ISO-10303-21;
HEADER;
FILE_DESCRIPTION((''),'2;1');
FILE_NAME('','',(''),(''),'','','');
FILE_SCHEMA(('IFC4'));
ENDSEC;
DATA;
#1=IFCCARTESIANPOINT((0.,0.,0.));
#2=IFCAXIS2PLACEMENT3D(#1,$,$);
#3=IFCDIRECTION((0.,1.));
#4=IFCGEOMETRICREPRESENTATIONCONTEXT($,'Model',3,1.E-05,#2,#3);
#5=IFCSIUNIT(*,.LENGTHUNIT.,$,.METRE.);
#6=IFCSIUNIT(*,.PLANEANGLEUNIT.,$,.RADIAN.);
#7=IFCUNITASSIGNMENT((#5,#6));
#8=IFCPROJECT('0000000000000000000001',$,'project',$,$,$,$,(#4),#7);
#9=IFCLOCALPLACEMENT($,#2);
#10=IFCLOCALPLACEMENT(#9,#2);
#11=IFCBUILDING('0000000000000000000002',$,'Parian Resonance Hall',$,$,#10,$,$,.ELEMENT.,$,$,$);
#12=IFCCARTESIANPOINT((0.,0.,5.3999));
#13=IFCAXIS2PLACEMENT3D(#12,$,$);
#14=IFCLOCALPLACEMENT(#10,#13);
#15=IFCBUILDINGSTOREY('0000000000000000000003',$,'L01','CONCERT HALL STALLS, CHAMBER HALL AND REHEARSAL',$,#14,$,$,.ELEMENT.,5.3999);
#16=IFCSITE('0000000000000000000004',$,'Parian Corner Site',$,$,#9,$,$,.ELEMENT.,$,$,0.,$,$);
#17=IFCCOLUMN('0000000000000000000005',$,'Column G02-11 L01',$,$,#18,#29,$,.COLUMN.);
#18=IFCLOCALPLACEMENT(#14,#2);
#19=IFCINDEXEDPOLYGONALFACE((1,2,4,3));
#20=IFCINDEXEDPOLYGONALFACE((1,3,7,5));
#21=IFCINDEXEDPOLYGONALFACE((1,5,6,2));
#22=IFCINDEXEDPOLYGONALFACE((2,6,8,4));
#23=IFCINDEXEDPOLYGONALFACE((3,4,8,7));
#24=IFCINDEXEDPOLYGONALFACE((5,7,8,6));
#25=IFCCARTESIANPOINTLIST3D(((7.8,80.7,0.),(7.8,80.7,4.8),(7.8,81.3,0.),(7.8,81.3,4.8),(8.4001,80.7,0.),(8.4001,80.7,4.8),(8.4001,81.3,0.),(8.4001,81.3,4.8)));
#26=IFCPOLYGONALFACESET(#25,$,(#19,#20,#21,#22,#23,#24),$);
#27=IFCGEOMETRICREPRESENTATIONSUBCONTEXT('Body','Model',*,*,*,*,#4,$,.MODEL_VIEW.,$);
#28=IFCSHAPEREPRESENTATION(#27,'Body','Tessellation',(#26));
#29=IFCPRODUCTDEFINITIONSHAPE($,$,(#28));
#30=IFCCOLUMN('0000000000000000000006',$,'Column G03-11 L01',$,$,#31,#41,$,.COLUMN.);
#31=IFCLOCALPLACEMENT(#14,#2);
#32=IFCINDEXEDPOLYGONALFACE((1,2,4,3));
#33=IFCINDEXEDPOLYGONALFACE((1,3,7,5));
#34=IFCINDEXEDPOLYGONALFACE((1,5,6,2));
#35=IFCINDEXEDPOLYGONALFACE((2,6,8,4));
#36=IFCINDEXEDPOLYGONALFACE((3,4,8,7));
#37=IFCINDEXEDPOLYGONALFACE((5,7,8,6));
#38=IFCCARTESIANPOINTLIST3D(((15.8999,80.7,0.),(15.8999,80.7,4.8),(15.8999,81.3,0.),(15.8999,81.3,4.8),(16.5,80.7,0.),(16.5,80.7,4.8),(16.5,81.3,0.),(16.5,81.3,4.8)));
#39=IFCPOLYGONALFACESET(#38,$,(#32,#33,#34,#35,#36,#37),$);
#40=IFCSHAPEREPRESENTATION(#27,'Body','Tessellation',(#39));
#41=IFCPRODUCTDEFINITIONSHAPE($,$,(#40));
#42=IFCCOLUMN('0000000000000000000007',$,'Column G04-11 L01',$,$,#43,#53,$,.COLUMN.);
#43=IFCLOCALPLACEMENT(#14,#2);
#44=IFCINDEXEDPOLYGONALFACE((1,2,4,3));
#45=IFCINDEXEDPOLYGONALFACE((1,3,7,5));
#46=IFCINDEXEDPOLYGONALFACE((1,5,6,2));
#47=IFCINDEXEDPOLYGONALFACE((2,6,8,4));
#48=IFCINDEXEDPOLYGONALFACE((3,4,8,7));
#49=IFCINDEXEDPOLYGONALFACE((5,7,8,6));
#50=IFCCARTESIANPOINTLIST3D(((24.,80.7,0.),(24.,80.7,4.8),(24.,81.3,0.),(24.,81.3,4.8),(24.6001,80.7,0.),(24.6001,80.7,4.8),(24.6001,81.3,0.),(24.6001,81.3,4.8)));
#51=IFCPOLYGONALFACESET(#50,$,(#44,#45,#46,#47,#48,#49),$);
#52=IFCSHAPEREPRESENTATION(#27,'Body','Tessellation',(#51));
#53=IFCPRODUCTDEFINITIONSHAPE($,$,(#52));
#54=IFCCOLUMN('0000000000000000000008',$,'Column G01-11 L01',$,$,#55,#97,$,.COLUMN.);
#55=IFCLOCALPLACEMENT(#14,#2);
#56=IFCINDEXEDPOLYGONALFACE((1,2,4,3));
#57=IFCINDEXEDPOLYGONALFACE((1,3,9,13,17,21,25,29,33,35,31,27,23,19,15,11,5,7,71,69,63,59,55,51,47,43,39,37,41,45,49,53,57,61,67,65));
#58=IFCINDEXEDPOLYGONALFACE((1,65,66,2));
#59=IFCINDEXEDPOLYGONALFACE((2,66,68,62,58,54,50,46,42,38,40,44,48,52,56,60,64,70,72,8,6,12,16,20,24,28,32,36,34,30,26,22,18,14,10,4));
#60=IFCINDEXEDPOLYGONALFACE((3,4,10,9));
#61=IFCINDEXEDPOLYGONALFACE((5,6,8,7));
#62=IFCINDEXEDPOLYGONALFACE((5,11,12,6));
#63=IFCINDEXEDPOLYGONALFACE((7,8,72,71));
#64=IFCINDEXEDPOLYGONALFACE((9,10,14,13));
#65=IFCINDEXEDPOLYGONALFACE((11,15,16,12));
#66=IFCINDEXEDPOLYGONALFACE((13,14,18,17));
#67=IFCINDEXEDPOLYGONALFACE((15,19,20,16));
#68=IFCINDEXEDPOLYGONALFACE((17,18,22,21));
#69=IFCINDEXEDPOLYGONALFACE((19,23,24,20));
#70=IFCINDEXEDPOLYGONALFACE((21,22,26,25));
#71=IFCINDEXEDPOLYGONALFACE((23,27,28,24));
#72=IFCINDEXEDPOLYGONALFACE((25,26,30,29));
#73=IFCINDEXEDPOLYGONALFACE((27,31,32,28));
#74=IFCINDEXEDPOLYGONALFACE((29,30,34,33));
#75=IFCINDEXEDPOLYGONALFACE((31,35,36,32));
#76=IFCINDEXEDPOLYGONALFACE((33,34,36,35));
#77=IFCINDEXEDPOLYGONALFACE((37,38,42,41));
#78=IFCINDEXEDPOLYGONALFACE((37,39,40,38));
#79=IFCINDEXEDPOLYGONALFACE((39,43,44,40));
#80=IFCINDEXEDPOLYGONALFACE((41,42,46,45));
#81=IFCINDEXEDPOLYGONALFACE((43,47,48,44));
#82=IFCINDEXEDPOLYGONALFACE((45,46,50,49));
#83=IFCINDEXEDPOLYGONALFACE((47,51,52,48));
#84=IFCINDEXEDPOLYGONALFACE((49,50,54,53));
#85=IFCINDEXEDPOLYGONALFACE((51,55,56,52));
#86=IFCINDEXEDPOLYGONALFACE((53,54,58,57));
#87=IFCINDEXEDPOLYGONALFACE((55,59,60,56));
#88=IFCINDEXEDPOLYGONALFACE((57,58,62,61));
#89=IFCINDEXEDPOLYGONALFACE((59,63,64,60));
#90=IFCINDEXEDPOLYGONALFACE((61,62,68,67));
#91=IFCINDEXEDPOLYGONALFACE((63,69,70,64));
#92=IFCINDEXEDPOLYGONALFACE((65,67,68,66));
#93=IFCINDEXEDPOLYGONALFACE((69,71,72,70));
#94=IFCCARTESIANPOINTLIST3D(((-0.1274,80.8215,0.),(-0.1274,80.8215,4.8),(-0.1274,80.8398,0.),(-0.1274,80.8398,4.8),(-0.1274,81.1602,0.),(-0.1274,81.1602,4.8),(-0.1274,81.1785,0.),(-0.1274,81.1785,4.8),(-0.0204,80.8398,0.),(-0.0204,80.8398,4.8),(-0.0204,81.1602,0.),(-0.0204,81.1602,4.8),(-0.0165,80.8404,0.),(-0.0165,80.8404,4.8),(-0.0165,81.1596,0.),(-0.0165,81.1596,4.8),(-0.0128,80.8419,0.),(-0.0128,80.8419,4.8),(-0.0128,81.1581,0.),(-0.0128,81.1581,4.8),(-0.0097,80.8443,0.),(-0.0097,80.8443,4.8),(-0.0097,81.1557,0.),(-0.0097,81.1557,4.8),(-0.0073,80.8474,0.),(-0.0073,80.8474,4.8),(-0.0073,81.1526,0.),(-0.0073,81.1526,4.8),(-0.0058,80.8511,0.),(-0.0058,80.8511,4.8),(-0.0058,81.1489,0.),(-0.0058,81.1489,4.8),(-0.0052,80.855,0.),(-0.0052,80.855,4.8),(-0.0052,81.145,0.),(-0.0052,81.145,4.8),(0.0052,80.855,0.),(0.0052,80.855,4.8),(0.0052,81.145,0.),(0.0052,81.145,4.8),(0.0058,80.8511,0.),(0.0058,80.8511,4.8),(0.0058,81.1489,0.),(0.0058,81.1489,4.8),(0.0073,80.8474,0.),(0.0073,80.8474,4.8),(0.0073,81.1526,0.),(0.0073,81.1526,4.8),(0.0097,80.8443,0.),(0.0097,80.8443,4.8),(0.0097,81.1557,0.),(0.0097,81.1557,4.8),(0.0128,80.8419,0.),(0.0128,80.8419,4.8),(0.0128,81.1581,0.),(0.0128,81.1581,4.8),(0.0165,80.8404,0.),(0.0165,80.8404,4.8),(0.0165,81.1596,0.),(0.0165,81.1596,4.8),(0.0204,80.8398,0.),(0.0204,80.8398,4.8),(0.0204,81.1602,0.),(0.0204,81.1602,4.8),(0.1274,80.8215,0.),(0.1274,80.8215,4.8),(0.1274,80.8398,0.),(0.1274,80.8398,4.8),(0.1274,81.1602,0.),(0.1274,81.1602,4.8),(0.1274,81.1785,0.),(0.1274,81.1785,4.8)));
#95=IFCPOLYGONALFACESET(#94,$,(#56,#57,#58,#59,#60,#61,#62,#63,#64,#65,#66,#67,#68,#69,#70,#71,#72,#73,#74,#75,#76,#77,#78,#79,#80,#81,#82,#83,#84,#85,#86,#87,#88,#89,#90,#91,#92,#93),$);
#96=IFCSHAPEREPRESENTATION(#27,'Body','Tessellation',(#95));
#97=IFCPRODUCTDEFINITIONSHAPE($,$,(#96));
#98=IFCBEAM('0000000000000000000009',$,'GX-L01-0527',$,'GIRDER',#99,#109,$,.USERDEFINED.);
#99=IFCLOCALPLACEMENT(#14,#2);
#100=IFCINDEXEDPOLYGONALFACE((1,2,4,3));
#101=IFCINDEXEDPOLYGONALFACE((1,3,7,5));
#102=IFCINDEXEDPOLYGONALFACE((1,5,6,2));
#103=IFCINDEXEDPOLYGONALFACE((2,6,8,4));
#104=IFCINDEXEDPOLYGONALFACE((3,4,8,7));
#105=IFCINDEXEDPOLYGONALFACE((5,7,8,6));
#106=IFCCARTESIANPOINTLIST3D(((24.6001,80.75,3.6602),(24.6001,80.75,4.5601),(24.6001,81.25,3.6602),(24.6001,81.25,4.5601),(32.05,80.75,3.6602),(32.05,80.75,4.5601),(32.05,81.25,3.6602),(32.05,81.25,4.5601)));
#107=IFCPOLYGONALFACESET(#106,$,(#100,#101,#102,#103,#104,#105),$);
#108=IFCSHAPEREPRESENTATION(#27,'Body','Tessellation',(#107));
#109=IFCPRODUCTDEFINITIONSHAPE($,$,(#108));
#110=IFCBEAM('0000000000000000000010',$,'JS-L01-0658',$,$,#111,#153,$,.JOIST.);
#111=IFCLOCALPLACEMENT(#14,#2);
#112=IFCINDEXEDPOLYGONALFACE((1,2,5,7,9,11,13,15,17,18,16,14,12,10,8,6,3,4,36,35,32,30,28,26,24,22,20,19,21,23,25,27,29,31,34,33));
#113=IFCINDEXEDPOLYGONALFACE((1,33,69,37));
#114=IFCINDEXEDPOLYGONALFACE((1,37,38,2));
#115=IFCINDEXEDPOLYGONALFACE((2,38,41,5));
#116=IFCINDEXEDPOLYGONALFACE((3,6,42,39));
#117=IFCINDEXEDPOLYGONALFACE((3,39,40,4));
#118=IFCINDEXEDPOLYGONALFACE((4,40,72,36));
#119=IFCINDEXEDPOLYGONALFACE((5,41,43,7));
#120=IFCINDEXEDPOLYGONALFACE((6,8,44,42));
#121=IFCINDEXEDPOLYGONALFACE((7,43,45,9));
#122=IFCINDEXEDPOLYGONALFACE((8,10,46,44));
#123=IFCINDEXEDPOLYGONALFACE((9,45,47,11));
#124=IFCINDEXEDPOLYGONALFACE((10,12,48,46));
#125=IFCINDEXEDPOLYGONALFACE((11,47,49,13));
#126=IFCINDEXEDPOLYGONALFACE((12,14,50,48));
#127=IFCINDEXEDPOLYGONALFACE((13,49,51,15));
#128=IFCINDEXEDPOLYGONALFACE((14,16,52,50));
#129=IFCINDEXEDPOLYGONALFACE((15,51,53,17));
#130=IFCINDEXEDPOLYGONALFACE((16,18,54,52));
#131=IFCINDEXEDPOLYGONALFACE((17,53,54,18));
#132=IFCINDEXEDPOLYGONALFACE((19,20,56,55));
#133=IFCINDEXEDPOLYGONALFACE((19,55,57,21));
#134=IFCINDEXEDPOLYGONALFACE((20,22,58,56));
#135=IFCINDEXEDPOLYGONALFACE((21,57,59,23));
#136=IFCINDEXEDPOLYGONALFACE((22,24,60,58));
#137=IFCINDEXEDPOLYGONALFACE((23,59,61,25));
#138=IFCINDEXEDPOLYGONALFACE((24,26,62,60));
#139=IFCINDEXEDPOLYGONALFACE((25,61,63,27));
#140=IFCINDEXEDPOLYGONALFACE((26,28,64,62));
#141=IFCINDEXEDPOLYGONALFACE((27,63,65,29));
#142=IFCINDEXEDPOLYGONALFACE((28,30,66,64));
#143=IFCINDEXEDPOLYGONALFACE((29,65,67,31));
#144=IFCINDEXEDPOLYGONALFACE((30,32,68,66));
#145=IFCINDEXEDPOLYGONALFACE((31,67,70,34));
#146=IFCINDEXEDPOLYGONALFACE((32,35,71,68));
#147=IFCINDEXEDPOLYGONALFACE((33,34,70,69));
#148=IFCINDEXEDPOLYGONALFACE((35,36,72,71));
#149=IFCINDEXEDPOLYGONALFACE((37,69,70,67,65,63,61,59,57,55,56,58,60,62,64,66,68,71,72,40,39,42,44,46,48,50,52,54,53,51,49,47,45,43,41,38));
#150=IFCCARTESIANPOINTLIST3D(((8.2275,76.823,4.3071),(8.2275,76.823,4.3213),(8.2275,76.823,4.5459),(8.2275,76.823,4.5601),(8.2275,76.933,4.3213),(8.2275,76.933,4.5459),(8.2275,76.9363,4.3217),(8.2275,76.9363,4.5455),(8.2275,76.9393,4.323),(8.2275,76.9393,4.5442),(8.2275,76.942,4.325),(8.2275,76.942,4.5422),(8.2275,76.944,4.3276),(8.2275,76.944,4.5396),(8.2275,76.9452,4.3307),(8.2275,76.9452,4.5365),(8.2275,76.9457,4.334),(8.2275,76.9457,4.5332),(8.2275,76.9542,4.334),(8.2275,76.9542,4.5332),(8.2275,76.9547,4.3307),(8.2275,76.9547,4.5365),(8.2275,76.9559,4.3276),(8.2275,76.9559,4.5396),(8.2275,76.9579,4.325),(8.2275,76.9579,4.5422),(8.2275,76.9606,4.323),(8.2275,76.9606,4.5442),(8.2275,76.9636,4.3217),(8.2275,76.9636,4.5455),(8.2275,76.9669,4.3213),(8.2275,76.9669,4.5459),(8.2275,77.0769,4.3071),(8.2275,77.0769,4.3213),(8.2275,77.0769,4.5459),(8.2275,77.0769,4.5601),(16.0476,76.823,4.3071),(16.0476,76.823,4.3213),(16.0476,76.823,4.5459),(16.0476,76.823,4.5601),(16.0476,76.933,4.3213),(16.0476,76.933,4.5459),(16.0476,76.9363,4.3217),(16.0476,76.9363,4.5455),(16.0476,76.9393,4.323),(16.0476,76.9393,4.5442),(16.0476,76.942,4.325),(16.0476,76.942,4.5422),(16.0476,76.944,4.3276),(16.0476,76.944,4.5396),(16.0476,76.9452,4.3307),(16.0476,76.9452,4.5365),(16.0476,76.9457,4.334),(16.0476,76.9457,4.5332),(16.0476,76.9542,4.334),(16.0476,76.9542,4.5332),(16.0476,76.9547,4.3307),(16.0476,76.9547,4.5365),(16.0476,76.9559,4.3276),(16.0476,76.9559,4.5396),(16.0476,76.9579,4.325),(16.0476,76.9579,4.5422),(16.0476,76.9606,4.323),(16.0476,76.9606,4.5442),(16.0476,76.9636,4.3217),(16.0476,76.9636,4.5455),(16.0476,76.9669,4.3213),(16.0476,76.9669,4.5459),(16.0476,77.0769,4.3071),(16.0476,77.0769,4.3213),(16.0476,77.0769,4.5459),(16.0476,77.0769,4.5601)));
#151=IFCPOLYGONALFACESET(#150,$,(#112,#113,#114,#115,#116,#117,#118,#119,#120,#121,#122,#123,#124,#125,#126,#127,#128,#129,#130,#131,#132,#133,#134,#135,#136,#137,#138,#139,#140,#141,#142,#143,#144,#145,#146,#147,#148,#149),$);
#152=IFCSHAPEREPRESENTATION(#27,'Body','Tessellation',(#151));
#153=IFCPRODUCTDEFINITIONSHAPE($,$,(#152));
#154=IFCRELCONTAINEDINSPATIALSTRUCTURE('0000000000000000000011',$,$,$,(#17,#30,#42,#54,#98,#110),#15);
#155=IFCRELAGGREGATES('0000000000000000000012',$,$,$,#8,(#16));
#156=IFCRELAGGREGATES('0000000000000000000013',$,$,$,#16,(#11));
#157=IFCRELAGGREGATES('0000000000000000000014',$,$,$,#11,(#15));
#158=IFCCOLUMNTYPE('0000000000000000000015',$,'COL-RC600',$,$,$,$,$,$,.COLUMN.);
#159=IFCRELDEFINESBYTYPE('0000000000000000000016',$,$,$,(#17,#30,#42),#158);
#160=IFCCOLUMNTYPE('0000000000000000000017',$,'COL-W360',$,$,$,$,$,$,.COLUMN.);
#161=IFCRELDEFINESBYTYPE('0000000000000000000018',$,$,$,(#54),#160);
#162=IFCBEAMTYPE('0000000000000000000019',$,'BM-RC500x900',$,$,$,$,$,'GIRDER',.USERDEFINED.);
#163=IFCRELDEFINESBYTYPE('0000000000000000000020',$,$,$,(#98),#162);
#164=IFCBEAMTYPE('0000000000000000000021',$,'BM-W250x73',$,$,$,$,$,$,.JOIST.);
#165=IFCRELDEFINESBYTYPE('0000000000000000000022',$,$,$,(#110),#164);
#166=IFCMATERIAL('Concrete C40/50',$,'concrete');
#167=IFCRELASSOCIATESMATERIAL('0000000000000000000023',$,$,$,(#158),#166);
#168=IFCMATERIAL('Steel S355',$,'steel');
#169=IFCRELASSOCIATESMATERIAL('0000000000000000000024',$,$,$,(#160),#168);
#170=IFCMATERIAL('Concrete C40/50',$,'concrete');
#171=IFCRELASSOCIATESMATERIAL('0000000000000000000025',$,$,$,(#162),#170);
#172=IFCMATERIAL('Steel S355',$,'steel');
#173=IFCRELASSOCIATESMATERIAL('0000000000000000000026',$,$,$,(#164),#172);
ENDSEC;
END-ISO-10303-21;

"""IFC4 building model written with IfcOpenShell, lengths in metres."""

from ifc_helpers import new_model, si_unit, direction, frame, origin, origin_2d, place, context, subcontext, project, spatial, rectangle, i_section, extrude, material, material_profile, profile_set, type_object, element, save


model = new_model("IFC4")

# Units and contexts
model_context = context("Model", 3, precision=1e-05, world=origin(), true_north=direction((0.0, 1.0)))
body_context = subcontext(model_context, "Body", "Model", "MODEL_VIEW")
ifc_project = project(units=[si_unit("LENGTHUNIT", "METRE"), si_unit("PLANEANGLEUNIT", "RADIAN")], contexts=[model_context])

# Site, building, storey
site_placement = place(None, origin())
site = spatial("IfcSite", under=ifc_project, at=site_placement, Name="Parian Corner Site", CompositionType="ELEMENT", RefElevation=0.0)
building_placement = place(site_placement, origin())
building = spatial("IfcBuilding", under=site, at=building_placement, Name="Parian Resonance Hall", CompositionType="ELEMENT")
storey_placement = place(building_placement, frame((0.0, 0.0, 5.3999)))
storey = spatial("IfcBuildingStorey", under=building, at=storey_placement, Name="L01", Description="CONCERT HALL STALLS, CHAMBER HALL AND REHEARSAL", CompositionType="ELEMENT", Elevation=5.3999)

# Columns
ifc_material_1 = material(Name="Concrete C40/50", Category="concrete")
ifc_material_profile_1 = material_profile(ifc_material_1, rectangle(XDim=0.6001, YDim=0.6001, at=origin_2d()), Name="RC-COL-600x600")
ifc_profile_set_1 = profile_set([ifc_material_profile_1], Name="Concrete C40/50")
column_type_1 = type_object("IfcColumnType", Name="COL-RC600", PredefinedType="COLUMN", material=ifc_profile_set_1)
for number, where, z_axis, x_axis, name in (
    (1, (8.1001, 81.0, 0.0), (0.0, 0.0, 1.0), (1.0, 0.0, 0.0), "Column G02-11 L01"),
    (2, (16.2, 81.0, 0.0), (0.0, 0.0, 1.0), (1.0, 0.0, 0.0), "Column G03-11 L01"),
    (3, (24.3, 81.0, 0.0), (0.0, 0.0, 1.0), (1.0, 0.0, 0.0), "Column G04-11 L01"),
):
    element("IfcColumn", number, at=place(storey_placement, frame(where, z_axis=z_axis, x_axis=x_axis)), inside=storey, type_object=column_type_1, Name=name, PredefinedType="COLUMN", context=body_context, shape_type="SweptSolid", body=[
        extrude(rectangle(XDim=0.6001, YDim=0.6001, at=origin_2d()), origin(), (0.0, 0.0, 1.0), 4.8),
    ])
ifc_material_2 = material(Name="Steel S355", Category="steel")
ifc_material_profile_2 = material_profile(ifc_material_2, i_section(OverallWidth=0.2549, OverallDepth=0.3569, WebThickness=0.0105, FlangeThickness=0.0183, FilletRadius=0.0151, at=origin_2d()), Name="W360x101")
ifc_profile_set_2 = profile_set([ifc_material_profile_2], Name="Steel S355")
column_type_2 = type_object("IfcColumnType", Name="COL-W360", PredefinedType="COLUMN", material=ifc_profile_set_2)
column_placement = place(storey_placement, frame((0.0, 81.0, 0.0), z_axis=(0.0, 0.0, 1.0), x_axis=(1.0, 0.0, 0.0)))
element("IfcColumn", 4, at=column_placement, inside=storey, type_object=column_type_2, Name="Column G01-11 L01", PredefinedType="COLUMN", context=body_context, shape_type="SweptSolid", body=[
    extrude(i_section(OverallWidth=0.2549, OverallDepth=0.3569, WebThickness=0.0105, FlangeThickness=0.0183, FilletRadius=0.0151, at=origin_2d()), origin(), (0.0, 0.0, 1.0), 4.8),
])

# Beams
ifc_material_3 = material(Name="Concrete C40/50", Category="concrete")
ifc_material_profile_3 = material_profile(ifc_material_3, rectangle(XDim=0.5, YDim=0.8999, at=origin_2d()), Name="RC-BM-500x900")
ifc_profile_set_3 = profile_set([ifc_material_profile_3], Name="Concrete C40/50")
beam_type_1 = type_object("IfcBeamType", Name="BM-RC500x900", ElementType="GIRDER", PredefinedType="USERDEFINED", material=ifc_profile_set_3)
beam_1_placement = place(storey_placement, frame((24.6001, 81.0, 4.1101), z_axis=(1.0, 0.0, 0.0), x_axis=(0.0, 1.0, 0.0)))
element("IfcBeam", 5, at=beam_1_placement, inside=storey, type_object=beam_type_1, Name="GX-L01-0527", ObjectType="GIRDER", PredefinedType="USERDEFINED", context=body_context, shape_type="SweptSolid", body=[
    extrude(rectangle(XDim=0.5, YDim=0.8999, at=origin_2d()), origin(), (0.0, 0.0, 1.0), 7.45),
])
ifc_material_4 = material(Name="Steel S355", Category="steel")
ifc_material_profile_4 = material_profile(ifc_material_4, i_section(OverallWidth=0.2539, OverallDepth=0.2529, WebThickness=0.0085, FlangeThickness=0.0142, FilletRadius=0.0127, at=origin_2d()), Name="W250x73")
ifc_profile_set_4 = profile_set([ifc_material_profile_4], Name="Steel S355")
beam_type_2 = type_object("IfcBeamType", Name="BM-W250x73", PredefinedType="JOIST", material=ifc_profile_set_4)
beam_2_placement = place(storey_placement, frame((8.2275, 76.95, 4.4336), z_axis=(1.0, 0.0, 0.0), x_axis=(0.0, 1.0, 0.0)))
element("IfcBeam", 6, at=beam_2_placement, inside=storey, type_object=beam_type_2, Name="JS-L01-0658", PredefinedType="JOIST", context=body_context, shape_type="SweptSolid", body=[
    extrude(i_section(OverallWidth=0.2539, OverallDepth=0.2529, WebThickness=0.0085, FlangeThickness=0.0142, FilletRadius=0.0127, at=origin_2d()), origin(), (0.0, 0.0, 1.0), 7.8201),
])

save(model, "model.ifc")
